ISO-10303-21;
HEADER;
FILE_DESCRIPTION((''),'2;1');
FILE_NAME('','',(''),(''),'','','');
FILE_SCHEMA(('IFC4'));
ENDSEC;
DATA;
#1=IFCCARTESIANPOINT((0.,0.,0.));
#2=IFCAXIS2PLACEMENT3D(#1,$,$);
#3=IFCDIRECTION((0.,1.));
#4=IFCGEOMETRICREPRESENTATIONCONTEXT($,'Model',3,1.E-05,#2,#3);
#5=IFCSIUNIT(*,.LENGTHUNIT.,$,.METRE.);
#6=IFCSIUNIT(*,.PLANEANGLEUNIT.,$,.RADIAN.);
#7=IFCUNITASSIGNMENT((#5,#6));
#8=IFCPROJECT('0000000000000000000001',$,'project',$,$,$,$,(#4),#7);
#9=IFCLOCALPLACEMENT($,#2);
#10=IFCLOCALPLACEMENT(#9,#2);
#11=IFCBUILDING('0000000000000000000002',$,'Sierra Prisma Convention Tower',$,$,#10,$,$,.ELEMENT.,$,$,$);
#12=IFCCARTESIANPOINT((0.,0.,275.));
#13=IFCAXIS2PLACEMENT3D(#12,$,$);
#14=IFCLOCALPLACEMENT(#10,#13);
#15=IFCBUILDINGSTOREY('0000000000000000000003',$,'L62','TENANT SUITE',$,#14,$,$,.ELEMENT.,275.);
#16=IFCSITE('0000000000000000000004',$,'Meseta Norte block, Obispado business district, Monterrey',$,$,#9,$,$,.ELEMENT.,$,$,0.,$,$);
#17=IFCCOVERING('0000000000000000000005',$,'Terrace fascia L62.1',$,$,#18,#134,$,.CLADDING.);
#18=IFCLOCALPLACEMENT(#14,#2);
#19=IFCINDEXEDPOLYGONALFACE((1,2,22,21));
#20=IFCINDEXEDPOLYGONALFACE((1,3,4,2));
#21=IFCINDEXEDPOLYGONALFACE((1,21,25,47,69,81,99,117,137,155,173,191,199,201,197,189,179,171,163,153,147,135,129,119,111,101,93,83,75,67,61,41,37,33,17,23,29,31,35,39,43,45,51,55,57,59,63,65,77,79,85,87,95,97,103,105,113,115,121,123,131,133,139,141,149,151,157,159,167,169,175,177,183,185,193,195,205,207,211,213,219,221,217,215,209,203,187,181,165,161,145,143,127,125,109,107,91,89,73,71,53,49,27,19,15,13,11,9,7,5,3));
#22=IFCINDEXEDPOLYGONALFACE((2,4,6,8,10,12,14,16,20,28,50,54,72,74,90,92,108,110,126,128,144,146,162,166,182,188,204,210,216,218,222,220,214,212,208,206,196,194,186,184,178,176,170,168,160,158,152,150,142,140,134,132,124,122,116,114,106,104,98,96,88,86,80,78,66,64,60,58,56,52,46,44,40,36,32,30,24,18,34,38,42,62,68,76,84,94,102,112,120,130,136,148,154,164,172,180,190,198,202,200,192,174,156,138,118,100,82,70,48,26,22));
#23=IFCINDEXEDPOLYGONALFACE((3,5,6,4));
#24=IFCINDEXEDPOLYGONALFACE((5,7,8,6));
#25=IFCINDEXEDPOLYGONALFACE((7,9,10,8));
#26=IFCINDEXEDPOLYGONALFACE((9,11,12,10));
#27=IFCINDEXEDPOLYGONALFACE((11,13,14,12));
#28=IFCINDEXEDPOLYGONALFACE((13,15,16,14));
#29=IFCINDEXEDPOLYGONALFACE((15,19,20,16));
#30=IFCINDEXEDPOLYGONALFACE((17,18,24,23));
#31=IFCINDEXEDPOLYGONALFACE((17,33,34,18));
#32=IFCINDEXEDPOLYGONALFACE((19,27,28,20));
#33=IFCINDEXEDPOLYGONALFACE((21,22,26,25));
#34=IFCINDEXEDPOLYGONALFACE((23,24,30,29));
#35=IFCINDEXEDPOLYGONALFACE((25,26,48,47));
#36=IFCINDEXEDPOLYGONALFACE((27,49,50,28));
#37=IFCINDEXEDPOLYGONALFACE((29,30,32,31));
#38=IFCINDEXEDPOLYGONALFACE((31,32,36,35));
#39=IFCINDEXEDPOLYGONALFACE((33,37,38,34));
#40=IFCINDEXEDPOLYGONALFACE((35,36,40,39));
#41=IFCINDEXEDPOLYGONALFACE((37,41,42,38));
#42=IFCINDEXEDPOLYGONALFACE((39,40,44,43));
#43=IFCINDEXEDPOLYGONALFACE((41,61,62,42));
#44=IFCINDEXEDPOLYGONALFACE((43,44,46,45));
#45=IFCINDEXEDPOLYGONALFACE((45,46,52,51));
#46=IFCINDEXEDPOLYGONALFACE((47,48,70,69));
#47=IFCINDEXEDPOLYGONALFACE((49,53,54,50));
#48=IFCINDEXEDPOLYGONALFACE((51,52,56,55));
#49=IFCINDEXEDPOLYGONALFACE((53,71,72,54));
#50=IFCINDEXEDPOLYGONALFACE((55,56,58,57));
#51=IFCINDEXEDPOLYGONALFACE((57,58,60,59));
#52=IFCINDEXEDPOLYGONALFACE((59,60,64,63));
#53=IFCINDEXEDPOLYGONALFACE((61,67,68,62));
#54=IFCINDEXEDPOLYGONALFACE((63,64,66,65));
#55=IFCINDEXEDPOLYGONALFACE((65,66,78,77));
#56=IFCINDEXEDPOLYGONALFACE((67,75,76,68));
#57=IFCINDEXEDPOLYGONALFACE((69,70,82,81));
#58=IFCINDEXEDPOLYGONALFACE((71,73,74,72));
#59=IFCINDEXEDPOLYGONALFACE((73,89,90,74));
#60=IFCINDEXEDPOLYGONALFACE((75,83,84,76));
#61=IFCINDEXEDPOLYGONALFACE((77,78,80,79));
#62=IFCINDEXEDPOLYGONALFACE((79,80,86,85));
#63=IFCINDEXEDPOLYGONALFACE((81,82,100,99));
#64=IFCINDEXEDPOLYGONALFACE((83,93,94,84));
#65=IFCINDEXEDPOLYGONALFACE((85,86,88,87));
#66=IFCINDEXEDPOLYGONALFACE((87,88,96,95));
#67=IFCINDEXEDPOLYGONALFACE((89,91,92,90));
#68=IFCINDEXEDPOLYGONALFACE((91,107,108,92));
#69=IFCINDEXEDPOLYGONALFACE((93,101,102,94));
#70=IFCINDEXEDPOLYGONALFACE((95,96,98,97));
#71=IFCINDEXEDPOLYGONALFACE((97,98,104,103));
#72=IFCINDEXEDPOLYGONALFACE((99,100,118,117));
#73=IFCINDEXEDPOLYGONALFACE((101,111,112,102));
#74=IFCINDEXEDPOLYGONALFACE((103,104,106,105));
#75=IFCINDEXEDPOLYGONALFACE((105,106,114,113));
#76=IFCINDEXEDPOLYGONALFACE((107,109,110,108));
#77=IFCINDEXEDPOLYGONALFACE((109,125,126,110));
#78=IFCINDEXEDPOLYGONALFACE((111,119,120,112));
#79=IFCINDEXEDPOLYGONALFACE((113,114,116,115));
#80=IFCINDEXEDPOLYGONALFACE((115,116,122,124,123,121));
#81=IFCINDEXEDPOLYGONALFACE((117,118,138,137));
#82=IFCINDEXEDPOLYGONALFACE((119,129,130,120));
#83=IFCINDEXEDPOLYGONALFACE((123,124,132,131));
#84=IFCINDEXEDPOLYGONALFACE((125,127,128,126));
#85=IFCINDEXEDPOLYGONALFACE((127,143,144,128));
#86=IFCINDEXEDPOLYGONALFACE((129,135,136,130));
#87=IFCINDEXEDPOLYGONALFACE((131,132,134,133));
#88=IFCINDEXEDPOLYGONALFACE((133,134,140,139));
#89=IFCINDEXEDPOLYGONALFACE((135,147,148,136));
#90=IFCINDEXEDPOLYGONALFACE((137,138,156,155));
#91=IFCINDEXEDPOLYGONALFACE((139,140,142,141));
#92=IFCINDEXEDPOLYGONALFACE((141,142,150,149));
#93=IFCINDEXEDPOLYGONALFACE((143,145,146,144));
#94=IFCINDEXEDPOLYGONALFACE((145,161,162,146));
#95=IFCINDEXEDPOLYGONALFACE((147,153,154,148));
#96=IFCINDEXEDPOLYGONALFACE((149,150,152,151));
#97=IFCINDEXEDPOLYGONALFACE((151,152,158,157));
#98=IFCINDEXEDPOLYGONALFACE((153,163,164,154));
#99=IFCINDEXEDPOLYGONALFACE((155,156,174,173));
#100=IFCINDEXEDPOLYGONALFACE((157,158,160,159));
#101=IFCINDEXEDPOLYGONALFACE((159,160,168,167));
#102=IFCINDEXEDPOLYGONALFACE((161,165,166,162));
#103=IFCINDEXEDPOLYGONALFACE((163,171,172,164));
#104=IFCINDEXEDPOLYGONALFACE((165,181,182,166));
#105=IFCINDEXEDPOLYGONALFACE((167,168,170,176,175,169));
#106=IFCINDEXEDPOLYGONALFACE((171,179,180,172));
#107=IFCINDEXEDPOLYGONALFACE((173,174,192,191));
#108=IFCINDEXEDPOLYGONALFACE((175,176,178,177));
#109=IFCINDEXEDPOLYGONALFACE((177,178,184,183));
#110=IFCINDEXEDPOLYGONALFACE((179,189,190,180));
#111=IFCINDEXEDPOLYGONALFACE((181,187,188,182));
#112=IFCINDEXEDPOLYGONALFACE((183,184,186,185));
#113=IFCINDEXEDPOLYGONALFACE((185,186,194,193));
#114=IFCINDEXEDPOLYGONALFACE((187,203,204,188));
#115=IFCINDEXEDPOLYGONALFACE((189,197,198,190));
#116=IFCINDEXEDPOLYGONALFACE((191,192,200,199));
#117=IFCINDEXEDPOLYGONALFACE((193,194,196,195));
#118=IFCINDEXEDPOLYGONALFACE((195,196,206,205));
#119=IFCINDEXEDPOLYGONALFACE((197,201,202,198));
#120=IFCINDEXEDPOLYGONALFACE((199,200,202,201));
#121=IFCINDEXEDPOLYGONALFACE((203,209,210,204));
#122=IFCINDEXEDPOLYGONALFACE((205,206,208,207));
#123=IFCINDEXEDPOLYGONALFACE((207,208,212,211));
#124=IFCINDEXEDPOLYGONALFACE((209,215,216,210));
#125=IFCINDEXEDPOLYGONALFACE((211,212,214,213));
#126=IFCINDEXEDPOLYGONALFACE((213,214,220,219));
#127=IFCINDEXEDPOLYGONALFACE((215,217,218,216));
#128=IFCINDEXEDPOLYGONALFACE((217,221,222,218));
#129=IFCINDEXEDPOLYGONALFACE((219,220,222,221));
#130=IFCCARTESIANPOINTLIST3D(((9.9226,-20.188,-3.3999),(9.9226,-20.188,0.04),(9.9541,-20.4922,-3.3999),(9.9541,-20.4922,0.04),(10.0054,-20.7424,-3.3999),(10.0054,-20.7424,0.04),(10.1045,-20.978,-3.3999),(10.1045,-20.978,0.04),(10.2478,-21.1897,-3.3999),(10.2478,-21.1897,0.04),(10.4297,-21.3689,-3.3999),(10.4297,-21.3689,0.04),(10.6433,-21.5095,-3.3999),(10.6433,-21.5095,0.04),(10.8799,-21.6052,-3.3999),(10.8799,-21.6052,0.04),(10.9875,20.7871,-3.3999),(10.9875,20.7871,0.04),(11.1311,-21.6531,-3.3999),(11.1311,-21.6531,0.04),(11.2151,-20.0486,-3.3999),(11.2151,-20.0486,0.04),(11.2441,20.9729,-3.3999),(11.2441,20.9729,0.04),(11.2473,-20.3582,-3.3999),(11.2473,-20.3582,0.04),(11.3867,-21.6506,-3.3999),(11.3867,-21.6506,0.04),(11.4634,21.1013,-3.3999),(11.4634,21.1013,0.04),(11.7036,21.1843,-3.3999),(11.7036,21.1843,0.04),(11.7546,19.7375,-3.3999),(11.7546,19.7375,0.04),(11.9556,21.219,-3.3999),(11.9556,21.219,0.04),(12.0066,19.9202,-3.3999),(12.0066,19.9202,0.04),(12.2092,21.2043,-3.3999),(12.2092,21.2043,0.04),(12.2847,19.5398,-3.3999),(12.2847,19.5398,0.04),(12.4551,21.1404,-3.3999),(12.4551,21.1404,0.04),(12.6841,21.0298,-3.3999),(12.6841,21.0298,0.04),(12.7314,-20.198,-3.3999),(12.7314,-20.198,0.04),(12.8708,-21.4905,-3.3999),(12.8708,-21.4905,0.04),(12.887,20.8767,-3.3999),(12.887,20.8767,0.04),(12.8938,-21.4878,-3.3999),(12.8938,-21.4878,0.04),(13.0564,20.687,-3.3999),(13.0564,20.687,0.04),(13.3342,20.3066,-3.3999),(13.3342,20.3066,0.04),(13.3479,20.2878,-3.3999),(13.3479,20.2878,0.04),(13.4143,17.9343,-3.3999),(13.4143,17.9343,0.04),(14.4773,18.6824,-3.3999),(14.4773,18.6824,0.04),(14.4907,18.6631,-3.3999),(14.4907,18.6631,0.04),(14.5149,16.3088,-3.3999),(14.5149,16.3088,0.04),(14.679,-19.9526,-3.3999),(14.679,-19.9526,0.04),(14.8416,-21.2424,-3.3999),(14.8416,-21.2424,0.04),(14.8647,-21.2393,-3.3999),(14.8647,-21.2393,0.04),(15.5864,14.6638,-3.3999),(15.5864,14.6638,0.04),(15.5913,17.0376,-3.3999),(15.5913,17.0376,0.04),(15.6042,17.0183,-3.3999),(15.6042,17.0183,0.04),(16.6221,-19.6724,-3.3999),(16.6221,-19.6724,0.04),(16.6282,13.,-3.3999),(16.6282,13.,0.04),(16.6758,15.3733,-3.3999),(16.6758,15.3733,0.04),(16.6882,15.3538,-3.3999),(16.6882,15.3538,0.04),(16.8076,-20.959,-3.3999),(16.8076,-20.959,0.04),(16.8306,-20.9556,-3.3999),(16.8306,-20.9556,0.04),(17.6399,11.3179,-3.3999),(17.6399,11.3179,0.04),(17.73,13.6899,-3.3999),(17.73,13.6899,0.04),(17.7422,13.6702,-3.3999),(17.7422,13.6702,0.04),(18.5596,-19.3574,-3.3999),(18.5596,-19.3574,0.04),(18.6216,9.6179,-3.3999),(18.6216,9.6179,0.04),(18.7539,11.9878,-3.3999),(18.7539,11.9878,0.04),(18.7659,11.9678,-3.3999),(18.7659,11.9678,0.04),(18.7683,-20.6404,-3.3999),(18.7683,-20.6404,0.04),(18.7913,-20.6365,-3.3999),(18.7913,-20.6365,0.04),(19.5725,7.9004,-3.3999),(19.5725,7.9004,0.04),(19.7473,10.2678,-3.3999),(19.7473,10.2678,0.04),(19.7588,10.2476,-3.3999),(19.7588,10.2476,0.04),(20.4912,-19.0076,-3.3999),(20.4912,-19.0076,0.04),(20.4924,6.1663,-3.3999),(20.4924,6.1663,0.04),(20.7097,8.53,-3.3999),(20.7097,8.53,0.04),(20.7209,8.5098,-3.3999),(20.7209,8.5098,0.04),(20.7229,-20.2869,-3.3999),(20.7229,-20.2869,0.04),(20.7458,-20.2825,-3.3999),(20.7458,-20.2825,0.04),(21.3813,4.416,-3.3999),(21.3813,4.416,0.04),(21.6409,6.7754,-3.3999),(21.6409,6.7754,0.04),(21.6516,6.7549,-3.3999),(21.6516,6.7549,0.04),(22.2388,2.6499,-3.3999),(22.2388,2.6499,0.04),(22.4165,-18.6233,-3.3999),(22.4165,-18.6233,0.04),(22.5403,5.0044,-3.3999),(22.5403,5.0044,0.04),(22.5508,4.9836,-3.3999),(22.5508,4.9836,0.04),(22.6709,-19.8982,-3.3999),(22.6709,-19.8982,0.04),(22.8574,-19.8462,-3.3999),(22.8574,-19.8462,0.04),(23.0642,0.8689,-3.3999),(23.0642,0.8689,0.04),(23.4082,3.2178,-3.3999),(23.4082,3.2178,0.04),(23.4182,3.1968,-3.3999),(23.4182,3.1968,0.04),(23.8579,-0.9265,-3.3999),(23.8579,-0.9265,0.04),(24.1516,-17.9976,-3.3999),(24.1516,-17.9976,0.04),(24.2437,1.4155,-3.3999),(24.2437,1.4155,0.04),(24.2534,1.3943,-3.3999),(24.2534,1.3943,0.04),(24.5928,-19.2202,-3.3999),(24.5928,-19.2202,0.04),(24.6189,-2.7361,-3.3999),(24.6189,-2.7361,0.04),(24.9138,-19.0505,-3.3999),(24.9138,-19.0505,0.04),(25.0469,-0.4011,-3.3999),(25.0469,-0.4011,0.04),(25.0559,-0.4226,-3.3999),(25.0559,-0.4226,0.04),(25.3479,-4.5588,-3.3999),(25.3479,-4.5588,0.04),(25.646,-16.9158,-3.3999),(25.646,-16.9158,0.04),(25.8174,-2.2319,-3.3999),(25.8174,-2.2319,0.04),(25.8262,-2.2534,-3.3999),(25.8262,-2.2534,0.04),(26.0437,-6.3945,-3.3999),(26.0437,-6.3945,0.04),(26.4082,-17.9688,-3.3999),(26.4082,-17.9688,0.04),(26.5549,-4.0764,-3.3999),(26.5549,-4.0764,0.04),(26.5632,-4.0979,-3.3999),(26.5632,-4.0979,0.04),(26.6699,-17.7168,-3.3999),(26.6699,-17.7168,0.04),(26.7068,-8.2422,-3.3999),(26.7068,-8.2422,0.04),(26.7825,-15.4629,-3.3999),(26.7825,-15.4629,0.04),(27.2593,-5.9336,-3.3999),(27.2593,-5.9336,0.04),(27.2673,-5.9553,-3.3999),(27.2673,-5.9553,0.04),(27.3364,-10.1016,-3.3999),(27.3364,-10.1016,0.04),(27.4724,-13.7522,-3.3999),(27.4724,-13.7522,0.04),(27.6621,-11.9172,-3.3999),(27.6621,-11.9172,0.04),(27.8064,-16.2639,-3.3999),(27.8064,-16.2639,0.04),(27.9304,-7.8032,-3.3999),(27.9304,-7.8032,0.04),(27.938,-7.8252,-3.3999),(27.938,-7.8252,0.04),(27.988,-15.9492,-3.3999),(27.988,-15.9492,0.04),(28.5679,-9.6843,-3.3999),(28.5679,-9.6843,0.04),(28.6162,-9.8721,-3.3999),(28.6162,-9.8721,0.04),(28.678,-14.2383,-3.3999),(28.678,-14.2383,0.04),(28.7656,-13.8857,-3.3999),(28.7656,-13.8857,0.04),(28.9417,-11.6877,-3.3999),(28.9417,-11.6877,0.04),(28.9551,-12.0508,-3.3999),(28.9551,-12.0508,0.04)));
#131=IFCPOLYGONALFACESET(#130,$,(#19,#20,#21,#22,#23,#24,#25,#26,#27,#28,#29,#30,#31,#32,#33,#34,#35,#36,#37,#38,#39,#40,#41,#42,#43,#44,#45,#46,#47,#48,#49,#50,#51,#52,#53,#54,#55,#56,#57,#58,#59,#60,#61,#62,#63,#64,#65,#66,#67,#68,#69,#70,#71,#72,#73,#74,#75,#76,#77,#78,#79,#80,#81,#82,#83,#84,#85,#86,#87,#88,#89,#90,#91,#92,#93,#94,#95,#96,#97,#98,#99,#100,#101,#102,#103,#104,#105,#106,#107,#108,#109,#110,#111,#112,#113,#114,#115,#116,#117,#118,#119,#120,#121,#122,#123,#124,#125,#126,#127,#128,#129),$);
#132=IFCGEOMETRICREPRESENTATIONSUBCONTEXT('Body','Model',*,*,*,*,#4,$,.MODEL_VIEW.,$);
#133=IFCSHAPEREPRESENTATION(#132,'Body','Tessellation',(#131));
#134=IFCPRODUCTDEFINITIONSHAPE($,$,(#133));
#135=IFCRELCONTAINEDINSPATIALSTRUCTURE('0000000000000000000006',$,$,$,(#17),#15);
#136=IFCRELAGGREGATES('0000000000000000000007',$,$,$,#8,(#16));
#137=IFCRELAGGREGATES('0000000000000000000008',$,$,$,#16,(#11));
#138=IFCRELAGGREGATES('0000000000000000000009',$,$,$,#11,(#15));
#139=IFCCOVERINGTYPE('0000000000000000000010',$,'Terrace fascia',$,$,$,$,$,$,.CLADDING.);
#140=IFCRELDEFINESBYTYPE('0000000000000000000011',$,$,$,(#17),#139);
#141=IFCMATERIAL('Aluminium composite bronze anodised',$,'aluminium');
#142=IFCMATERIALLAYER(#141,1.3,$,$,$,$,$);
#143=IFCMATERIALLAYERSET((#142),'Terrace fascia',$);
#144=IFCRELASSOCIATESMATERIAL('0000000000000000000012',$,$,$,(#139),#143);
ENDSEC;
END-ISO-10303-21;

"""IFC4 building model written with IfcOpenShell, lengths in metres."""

from ifc_helpers import new_model, si_unit, direction, frame, origin, place, context, subcontext, project, spatial, polyline, outline, extrude, material, layer, layer_set, type_object, element, save


model = new_model("IFC4")

# Units and contexts
model_context = context("Model", 3, precision=1e-05, world=origin(), true_north=direction((0.0, 1.0)))
body_context = subcontext(model_context, "Body", "Model", "MODEL_VIEW")
ifc_project = project(units=[si_unit("LENGTHUNIT", "METRE"), si_unit("PLANEANGLEUNIT", "RADIAN")], contexts=[model_context])

# Site, building, storey
site_placement = place(None, origin())
site = spatial("IfcSite", under=ifc_project, at=site_placement, Name="Meseta Norte block, Obispado business district, Monterrey", CompositionType="ELEMENT", RefElevation=0.0)
building_placement = place(site_placement, origin())
building = spatial("IfcBuilding", under=site, at=building_placement, Name="Sierra Prisma Convention Tower", CompositionType="ELEMENT")
storey_placement = place(building_placement, frame((0.0, 0.0, 275.0)))
storey = spatial("IfcBuildingStorey", under=building, at=storey_placement, Name="L62", Description="TENANT SUITE", CompositionType="ELEMENT", Elevation=275.0)

# Covering
ifc_material_1 = material(Name="Aluminium composite bronze anodised", Category="aluminium")
ifc_layer_1 = layer(ifc_material_1, 1.3)
ifc_layer_set_1 = layer_set([ifc_layer_1], Name="Terrace fascia")
covering_type_1 = type_object("IfcCoveringType", Name="Terrace fascia", PredefinedType="CLADDING", material=ifc_layer_set_1)
covering_1_placement = place(storey_placement, frame((0.0, 0.0, -3.3999)))
element("IfcCovering", 1, at=covering_1_placement, inside=storey, type_object=covering_type_1, Name="Terrace fascia L62.1", PredefinedType="CLADDING", context=body_context, shape_type="SweptSolid", body=[
    extrude(outline(polyline([(11.2441, 20.9729), (11.4634, 21.1013), (11.7036, 21.1843), (11.9556, 21.219), (12.2092, 21.2043), (12.4551, 21.1404), (12.6841, 21.0298), (12.887, 20.8767), (13.0564, 20.687), (13.3342, 20.3066), (13.3479, 20.2878), (14.4773, 18.6824), (14.4907, 18.6631), (15.5913, 17.0376), (15.6042, 17.0183), (16.6758, 15.3733), (16.6882, 15.3538), (17.73, 13.6899), (17.7422, 13.6702), (18.7539, 11.9878), (18.7659, 11.9678), (19.7473, 10.2678), (19.7588, 10.2476), (20.7097, 8.53), (20.7209, 8.5098), (21.6409, 6.7754), (21.6516, 6.7549), (22.5403, 5.0044), (22.5508, 4.9836), (23.4082, 3.2178), (23.4182, 3.1968), (24.2437, 1.4155), (24.2534, 1.3943), (25.0469, -0.4011), (25.0559, -0.4226), (25.8174, -2.2319), (25.8262, -2.2534), (26.5549, -4.0764), (26.5632, -4.0979), (27.2593, -5.9336), (27.2673, -5.9553), (27.9304, -7.8032), (27.938, -7.8252), (28.5679, -9.6843), (28.6162, -9.8721), (28.9417, -11.6877), (28.9551, -12.0508), (28.7656, -13.8857), (28.678, -14.2383), (27.988, -15.9492), (27.8064, -16.2639), (26.6699, -17.7168), (26.4082, -17.9688), (24.9138, -19.0505), (24.5928, -19.2202), (22.8574, -19.8462), (22.6709, -19.8982), (20.7458, -20.2825), (20.7229, -20.2869), (18.7913, -20.6365), (18.7683, -20.6404), (16.8306, -20.9556), (16.8076, -20.959), (14.8647, -21.2393), (14.8416, -21.2424), (12.8938, -21.4878), (12.8708, -21.4905), (11.3867, -21.6506), (11.1311, -21.6531), (10.8799, -21.6052), (10.6433, -21.5095), (10.4297, -21.3689), (10.2478, -21.1897), (10.1045, -20.978), (10.0054, -20.7424), (9.9541, -20.4922), (9.9226, -20.188), (11.2151, -20.0486), (11.2473, -20.3582), (12.7314, -20.198), (14.679, -19.9526), (16.6221, -19.6724), (18.5596, -19.3574), (20.4912, -19.0076), (22.4165, -18.6233), (24.1516, -17.9976), (25.646, -16.9158), (26.7825, -15.4629), (27.4724, -13.7522), (27.6621, -11.9172), (27.3364, -10.1016), (26.7068, -8.2422), (26.0437, -6.3945), (25.3479, -4.5588), (24.6189, -2.7361), (23.8579, -0.9265), (23.0642, 0.8689), (22.2388, 2.6499), (21.3813, 4.416), (20.4924, 6.1663), (19.5725, 7.9004), (18.6216, 9.6179), (17.6399, 11.3179), (16.6282, 13.0), (15.5864, 14.6638), (14.5149, 16.3088), (13.4143, 17.9343), (12.2847, 19.5398), (12.0066, 19.9202), (11.7546, 19.7375), (10.9875, 20.7871), (11.2441, 20.9729)])), origin(), (0.0, 0.0, 1.0), 3.4399),
])

save(model, "model.ifc")
